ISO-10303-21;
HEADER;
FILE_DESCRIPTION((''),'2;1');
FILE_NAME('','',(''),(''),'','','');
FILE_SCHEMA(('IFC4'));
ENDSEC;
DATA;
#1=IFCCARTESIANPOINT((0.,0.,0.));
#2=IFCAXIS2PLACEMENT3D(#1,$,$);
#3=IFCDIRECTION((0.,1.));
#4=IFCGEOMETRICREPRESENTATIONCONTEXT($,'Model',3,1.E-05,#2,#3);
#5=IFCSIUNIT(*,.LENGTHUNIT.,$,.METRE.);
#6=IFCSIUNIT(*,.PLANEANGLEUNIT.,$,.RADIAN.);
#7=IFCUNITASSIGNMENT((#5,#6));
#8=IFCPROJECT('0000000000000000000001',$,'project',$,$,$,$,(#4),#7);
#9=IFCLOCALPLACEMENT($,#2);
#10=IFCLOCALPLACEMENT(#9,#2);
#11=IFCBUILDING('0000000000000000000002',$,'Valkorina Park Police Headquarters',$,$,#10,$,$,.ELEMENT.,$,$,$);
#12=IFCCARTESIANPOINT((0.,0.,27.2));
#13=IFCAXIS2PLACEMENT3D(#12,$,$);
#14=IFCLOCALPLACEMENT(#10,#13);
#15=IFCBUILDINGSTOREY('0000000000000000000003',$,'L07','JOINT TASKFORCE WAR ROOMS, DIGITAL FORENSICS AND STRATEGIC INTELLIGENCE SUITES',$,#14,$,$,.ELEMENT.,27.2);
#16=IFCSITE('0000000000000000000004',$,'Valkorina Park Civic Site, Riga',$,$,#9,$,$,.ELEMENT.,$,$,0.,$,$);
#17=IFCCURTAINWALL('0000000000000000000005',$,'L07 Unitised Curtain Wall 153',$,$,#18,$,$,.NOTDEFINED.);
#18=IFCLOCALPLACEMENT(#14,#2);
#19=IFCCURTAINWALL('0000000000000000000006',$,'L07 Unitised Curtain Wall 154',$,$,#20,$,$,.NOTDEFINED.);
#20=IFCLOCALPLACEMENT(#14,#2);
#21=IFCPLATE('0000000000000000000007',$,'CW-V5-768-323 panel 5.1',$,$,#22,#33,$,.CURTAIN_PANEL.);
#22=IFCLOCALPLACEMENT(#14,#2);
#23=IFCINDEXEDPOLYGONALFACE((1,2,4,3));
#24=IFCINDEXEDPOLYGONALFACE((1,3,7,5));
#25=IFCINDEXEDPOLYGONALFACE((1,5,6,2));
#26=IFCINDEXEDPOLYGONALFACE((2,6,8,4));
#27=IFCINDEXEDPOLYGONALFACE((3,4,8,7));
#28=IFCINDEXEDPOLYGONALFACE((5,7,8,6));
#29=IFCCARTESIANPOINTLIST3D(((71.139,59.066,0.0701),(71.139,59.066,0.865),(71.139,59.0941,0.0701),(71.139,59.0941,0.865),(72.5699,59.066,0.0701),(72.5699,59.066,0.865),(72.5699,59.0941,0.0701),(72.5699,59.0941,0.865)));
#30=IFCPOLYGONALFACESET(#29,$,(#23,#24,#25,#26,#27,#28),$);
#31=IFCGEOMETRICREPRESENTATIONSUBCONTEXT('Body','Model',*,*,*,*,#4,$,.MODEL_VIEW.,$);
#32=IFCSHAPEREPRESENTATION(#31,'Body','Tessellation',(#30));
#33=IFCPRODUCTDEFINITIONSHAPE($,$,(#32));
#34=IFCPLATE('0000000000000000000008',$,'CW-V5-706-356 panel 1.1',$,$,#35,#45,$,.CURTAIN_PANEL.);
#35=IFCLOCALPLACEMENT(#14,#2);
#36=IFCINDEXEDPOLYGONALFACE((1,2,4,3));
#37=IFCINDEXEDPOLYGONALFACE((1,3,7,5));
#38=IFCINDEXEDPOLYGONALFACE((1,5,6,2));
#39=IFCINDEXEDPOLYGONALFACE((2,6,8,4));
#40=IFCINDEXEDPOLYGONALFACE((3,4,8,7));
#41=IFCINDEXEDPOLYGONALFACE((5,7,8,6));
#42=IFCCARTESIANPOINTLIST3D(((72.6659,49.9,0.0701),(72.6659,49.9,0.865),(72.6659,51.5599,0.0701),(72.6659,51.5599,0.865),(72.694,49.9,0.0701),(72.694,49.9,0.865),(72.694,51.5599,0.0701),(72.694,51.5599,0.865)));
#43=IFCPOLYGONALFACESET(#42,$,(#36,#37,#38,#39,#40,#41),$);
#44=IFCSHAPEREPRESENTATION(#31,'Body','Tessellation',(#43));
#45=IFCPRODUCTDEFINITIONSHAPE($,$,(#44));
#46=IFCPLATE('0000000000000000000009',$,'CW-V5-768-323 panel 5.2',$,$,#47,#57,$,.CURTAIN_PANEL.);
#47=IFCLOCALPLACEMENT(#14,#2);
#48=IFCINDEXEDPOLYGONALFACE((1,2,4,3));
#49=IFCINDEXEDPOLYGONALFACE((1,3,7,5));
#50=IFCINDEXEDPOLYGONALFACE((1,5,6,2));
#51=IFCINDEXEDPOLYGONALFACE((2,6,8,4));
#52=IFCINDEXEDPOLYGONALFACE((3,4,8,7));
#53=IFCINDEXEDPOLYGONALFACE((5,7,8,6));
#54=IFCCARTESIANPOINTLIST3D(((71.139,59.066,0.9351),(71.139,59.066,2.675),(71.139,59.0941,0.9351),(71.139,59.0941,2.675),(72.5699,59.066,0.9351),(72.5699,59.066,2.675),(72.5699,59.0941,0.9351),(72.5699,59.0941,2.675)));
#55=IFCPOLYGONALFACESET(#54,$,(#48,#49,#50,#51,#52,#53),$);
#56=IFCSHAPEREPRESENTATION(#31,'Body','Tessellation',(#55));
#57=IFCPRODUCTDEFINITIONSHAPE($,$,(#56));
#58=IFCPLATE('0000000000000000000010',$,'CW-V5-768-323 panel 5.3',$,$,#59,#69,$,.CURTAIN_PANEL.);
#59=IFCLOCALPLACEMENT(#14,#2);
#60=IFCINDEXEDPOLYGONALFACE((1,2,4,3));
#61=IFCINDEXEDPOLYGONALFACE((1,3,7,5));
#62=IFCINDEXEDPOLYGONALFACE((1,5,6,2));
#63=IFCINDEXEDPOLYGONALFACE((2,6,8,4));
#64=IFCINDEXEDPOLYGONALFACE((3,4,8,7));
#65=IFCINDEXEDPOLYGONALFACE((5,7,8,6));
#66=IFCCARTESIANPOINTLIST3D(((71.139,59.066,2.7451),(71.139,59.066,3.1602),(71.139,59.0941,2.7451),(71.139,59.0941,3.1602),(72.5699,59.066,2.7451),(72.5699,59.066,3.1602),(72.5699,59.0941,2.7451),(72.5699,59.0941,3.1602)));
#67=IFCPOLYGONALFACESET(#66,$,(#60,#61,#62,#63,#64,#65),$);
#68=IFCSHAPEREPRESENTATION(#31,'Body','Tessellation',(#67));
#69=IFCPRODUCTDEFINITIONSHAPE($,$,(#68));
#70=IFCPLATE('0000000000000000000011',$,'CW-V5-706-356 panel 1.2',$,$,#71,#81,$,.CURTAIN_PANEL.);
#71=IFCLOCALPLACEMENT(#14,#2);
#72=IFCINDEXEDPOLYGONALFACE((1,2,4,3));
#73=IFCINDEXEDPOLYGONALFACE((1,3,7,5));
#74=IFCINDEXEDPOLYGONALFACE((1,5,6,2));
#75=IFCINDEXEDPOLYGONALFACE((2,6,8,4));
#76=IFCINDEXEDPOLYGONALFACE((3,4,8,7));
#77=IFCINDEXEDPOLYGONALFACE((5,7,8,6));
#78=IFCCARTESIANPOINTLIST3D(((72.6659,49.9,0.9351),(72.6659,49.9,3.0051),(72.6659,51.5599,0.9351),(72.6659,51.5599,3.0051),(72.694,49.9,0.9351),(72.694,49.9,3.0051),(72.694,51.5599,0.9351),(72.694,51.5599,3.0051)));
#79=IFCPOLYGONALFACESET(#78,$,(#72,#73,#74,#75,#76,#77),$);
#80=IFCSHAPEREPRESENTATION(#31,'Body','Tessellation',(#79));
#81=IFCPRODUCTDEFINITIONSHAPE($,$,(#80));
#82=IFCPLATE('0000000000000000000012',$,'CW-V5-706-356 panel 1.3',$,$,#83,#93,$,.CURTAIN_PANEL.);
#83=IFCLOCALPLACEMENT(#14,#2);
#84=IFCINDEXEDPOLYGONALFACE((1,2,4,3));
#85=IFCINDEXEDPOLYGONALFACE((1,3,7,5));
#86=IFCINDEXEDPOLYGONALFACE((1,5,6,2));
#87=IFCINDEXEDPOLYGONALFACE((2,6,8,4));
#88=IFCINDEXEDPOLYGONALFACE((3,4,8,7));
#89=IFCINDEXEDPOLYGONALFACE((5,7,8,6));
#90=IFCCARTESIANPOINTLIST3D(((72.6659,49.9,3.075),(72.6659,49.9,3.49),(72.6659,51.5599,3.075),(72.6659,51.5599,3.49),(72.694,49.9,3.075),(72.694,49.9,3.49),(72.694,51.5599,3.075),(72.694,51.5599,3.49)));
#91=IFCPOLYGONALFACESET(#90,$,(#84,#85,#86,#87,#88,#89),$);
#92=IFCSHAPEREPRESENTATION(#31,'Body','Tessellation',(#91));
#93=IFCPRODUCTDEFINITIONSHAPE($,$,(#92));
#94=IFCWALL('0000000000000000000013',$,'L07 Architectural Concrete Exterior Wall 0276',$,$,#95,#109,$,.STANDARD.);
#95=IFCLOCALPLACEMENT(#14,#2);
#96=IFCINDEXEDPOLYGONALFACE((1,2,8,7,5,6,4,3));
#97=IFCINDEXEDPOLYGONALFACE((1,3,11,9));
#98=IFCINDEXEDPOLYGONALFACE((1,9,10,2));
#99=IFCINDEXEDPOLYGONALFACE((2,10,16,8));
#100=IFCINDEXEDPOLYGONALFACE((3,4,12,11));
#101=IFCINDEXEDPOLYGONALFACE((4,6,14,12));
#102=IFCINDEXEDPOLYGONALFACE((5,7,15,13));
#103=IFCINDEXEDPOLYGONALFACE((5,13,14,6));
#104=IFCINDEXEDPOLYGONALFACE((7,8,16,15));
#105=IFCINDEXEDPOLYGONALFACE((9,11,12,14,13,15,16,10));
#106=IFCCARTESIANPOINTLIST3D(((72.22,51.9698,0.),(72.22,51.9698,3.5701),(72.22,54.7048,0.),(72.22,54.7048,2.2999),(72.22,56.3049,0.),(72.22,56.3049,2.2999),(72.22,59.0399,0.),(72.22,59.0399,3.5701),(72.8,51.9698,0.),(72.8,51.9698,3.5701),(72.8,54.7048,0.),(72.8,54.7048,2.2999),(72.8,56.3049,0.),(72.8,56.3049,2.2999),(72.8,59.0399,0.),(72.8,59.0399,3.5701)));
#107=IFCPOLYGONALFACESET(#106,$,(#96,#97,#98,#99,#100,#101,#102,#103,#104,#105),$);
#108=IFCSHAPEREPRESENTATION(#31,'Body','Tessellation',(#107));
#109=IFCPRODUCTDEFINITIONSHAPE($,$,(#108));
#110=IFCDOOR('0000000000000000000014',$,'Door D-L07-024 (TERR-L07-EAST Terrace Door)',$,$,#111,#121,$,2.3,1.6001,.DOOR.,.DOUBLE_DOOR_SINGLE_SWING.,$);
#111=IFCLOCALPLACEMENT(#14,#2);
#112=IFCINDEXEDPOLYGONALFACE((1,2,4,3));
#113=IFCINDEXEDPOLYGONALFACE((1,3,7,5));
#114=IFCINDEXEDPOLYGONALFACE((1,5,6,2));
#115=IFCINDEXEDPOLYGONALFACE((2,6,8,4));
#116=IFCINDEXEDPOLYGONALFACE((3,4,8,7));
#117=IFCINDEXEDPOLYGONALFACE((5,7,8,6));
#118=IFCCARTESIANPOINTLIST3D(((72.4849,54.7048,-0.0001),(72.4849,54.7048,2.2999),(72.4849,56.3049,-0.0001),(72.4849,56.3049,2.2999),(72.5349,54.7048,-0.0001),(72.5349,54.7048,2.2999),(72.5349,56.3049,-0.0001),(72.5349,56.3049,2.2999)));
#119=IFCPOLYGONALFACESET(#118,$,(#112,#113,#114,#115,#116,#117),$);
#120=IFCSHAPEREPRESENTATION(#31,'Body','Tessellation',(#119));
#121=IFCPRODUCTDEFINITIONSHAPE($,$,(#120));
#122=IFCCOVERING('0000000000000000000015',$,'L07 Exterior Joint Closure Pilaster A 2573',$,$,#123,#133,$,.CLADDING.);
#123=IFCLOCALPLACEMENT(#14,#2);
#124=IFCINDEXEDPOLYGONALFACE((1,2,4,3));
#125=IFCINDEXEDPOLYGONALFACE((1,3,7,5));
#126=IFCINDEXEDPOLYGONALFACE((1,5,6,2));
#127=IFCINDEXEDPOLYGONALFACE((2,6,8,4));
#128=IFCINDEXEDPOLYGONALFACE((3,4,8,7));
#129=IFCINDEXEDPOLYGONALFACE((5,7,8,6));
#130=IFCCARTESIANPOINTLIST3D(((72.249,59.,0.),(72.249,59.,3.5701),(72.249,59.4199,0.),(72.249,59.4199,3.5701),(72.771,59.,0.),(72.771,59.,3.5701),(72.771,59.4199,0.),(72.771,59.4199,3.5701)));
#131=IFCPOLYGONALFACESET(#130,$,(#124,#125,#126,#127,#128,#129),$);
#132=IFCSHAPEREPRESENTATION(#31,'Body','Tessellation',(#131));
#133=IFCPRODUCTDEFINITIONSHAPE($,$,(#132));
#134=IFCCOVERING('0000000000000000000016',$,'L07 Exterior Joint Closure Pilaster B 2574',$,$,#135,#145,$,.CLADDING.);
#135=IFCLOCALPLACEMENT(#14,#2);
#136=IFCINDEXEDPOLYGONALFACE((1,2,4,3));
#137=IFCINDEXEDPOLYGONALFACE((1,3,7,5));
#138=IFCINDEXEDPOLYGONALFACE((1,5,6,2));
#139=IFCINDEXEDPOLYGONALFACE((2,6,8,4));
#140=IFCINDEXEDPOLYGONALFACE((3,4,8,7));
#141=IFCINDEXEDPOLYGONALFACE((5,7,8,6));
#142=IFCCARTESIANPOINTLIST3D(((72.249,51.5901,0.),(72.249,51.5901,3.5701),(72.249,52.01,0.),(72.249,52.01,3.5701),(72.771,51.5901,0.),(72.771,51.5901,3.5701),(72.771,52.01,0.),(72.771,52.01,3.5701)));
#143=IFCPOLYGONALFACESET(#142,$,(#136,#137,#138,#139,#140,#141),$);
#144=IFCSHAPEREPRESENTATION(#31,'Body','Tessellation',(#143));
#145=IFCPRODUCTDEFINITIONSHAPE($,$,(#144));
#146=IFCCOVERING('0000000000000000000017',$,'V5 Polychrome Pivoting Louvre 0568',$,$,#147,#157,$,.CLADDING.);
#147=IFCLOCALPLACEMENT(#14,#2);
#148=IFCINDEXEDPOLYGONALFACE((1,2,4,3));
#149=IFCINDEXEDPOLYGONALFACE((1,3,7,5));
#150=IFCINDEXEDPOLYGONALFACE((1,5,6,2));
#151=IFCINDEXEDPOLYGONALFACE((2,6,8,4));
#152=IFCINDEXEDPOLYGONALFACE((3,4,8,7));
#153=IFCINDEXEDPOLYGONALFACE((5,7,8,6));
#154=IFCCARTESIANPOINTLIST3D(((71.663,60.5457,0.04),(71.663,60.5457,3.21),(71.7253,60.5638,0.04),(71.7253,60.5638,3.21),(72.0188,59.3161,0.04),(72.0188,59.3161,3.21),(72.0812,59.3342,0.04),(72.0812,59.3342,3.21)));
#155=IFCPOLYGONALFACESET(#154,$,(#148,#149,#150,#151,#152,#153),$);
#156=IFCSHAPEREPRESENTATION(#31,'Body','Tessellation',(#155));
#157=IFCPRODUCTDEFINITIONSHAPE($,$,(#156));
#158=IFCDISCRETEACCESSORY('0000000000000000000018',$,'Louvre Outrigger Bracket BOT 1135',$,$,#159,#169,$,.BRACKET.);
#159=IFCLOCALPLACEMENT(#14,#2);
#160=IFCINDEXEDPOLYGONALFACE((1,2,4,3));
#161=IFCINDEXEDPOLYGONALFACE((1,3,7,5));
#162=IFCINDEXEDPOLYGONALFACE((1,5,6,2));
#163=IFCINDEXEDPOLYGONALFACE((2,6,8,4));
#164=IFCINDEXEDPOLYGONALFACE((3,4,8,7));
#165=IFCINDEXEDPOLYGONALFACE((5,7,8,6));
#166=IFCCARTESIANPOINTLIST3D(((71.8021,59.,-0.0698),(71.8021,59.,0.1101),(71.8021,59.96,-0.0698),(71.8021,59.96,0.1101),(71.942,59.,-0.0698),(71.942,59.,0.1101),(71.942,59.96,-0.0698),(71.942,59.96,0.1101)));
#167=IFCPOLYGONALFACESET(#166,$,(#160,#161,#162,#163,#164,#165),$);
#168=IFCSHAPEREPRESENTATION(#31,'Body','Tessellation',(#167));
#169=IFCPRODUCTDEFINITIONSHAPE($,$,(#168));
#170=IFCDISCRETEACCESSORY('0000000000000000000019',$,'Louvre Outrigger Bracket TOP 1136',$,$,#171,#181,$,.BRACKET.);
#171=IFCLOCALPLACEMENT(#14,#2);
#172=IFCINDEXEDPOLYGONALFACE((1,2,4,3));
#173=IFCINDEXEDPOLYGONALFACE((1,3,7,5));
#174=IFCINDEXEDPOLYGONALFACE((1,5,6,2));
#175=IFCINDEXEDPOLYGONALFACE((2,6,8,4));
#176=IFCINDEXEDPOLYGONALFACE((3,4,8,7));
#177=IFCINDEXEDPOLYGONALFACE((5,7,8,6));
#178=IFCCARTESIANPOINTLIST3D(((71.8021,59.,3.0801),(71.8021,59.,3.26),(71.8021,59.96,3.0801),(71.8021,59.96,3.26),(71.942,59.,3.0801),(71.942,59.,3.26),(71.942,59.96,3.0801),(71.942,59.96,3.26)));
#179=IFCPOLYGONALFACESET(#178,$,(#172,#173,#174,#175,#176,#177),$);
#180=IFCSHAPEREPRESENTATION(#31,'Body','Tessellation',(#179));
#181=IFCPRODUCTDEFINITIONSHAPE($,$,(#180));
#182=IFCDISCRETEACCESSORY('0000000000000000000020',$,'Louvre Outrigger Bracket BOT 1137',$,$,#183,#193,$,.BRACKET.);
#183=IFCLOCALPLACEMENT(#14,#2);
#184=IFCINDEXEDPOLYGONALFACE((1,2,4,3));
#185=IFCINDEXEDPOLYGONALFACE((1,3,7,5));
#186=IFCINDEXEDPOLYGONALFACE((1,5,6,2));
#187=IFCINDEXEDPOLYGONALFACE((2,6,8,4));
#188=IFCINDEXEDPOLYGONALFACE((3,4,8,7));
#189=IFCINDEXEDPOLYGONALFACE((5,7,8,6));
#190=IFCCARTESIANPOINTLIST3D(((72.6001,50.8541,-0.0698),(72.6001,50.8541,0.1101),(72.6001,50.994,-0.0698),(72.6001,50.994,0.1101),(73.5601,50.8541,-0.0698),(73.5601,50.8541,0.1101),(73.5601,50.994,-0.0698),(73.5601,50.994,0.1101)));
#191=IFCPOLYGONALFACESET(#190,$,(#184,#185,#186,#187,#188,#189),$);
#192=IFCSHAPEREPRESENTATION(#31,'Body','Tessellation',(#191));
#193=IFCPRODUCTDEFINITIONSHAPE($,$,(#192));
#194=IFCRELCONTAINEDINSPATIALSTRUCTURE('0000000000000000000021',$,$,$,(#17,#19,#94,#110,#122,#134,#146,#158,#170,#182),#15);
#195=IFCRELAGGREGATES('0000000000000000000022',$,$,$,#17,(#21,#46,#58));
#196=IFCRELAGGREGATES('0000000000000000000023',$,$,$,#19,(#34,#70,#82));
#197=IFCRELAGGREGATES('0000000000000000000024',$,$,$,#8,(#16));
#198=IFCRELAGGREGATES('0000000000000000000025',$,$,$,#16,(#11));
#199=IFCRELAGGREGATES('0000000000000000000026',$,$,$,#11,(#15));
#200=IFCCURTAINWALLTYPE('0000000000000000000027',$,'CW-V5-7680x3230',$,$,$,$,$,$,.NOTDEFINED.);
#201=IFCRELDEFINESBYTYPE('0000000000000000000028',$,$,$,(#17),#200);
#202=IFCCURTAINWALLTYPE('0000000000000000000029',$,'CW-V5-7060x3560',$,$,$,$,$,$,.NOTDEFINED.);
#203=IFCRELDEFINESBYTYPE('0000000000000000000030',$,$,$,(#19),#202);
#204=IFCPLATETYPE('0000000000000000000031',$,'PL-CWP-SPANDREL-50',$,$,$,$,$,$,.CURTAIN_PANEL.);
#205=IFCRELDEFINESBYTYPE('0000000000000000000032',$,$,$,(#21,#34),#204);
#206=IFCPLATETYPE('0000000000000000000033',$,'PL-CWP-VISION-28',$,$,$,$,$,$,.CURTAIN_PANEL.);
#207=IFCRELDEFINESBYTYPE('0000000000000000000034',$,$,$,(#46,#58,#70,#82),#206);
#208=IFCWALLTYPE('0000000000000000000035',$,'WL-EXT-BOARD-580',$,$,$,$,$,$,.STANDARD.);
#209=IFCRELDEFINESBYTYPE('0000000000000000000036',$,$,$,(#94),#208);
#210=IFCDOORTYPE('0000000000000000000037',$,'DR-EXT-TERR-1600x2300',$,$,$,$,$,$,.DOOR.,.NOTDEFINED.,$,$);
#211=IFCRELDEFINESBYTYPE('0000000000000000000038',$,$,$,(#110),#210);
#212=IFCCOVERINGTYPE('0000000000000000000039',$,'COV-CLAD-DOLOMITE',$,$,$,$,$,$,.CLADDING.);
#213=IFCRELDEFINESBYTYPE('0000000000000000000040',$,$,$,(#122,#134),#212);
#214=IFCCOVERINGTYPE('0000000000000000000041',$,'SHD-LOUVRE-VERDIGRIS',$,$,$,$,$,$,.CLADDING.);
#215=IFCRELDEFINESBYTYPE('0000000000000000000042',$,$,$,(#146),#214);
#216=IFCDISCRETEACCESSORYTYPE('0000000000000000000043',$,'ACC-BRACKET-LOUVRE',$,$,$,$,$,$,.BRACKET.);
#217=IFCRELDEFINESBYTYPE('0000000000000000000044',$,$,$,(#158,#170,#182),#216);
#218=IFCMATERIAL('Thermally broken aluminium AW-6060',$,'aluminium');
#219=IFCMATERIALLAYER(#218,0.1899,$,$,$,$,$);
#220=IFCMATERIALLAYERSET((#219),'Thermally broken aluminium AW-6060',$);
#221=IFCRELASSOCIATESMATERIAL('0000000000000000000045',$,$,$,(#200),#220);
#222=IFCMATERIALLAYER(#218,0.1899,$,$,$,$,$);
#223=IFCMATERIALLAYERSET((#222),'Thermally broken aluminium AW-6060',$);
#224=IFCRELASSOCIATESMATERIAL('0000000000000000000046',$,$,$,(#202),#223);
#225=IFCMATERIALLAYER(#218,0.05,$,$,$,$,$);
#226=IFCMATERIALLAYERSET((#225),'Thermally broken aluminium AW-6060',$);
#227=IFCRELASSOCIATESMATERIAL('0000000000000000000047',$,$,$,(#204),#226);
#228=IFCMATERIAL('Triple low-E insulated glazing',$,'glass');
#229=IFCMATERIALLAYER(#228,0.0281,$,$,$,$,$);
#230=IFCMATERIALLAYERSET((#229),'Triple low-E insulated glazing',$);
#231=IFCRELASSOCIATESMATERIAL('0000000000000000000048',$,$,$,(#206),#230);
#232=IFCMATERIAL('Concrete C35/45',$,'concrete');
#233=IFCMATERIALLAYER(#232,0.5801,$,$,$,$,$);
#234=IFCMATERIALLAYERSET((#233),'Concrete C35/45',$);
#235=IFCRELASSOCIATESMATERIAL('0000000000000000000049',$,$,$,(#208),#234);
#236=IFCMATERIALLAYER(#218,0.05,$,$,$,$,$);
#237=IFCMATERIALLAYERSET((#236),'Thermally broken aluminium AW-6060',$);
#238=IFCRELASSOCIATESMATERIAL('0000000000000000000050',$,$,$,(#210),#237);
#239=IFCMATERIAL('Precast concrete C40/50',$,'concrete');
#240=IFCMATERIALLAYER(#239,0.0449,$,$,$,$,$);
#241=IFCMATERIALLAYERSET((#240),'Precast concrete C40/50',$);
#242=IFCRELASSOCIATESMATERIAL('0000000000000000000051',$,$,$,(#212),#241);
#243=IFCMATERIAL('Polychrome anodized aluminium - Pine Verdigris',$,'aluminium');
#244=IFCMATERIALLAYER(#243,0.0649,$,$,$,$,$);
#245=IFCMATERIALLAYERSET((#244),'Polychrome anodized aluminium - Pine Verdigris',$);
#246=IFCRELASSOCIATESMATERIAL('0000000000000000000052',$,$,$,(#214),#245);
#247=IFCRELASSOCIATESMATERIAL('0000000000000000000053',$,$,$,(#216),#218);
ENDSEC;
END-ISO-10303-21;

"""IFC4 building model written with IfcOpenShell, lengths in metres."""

from ifc_helpers import new_model, si_unit, direction, frame, frame_2d, origin, origin_2d, place, context, subcontext, project, spatial, rectangle, extrude, material, layer, layer_set, type_object, element, fill, aggregate, save


model = new_model("IFC4")

# Units and contexts
model_context = context("Model", 3, precision=1e-05, world=origin(), true_north=direction((0.0, 1.0)))
body_context = subcontext(model_context, "Body", "Model", "MODEL_VIEW")
ifc_project = project(units=[si_unit("LENGTHUNIT", "METRE"), si_unit("PLANEANGLEUNIT", "RADIAN")], contexts=[model_context])

# Site, building, storey
site_placement = place(None, origin())
site = spatial("IfcSite", under=ifc_project, at=site_placement, Name="Valkorina Park Civic Site, Riga", CompositionType="ELEMENT", RefElevation=0.0)
building_placement = place(site_placement, origin())
building = spatial("IfcBuilding", under=site, at=building_placement, Name="Valkorina Park Police Headquarters", CompositionType="ELEMENT")
storey_placement = place(building_placement, frame((0.0, 0.0, 27.2)))
storey = spatial("IfcBuildingStorey", under=building, at=storey_placement, Name="L07", Description="JOINT TASKFORCE WAR ROOMS, DIGITAL FORENSICS AND STRATEGIC INTELLIGENCE SUITES", CompositionType="ELEMENT", Elevation=27.2)

# Curtain wall
ifc_material_1 = material(Name="Thermally broken aluminium AW-6060", Category="aluminium")
ifc_layer_1 = layer(ifc_material_1, 0.1899)
ifc_layer_set_1 = layer_set([ifc_layer_1], Name="Thermally broken aluminium AW-6060")
curtain_wall_type_1 = type_object("IfcCurtainWallType", Name="CW-V5-7680x3230", PredefinedType="NOTDEFINED", material=ifc_layer_set_1)
curtain_wall_1_placement = place(storey_placement, origin())
curtain_wall_1 = element("IfcCurtainWall", 1, at=curtain_wall_1_placement, inside=storey, type_object=curtain_wall_type_1, Name="L07 Unitised Curtain Wall 153", PredefinedType="NOTDEFINED")

# Curtain wall
ifc_layer_2 = layer(ifc_material_1, 0.1899)
ifc_layer_set_2 = layer_set([ifc_layer_2], Name="Thermally broken aluminium AW-6060")
curtain_wall_type_2 = type_object("IfcCurtainWallType", Name="CW-V5-7060x3560", PredefinedType="NOTDEFINED", material=ifc_layer_set_2)
curtain_wall_2_placement = place(storey_placement, origin())
curtain_wall_2 = element("IfcCurtainWall", 2, at=curtain_wall_2_placement, inside=storey, type_object=curtain_wall_type_2, Name="L07 Unitised Curtain Wall 154", PredefinedType="NOTDEFINED")

# Plates
ifc_layer_3 = layer(ifc_material_1, 0.05)
ifc_layer_set_3 = layer_set([ifc_layer_3], Name="Thermally broken aluminium AW-6060")
plate_type_1 = type_object("IfcPlateType", Name="PL-CWP-SPANDREL-50", PredefinedType="CURTAIN_PANEL", material=ifc_layer_set_3)
plate_1_placement = place(storey_placement, frame((71.8545, 59.0801, 0.0701), z_axis=(0.0, 0.0, 1.0), x_axis=(1.0, 0.0, 0.0)))
plate_1 = element("IfcPlate", 3, at=plate_1_placement, type_object=plate_type_1, Name="CW-V5-768-323 panel 5.1", PredefinedType="CURTAIN_PANEL", context=body_context, shape_type="SweptSolid", body=[
    extrude(rectangle(XDim=1.4309, YDim=0.0281, at=origin_2d()), origin(), (0.0, 0.0, 1.0), 0.7949),
])
plate_2_placement = place(storey_placement, frame((72.6799, 50.73, 0.0701), z_axis=(0.0, 0.0, 1.0), x_axis=(0.0, -1.0, 0.0)))
plate_2 = element("IfcPlate", 4, at=plate_2_placement, type_object=plate_type_1, Name="CW-V5-706-356 panel 1.1", PredefinedType="CURTAIN_PANEL", context=body_context, shape_type="SweptSolid", body=[
    extrude(rectangle(XDim=1.6599, YDim=0.0281, at=origin_2d()), origin(), (0.0, 0.0, 1.0), 0.7949),
])
ifc_material_2 = material(Name="Triple low-E insulated glazing", Category="glass")
ifc_layer_4 = layer(ifc_material_2, 0.0281)
ifc_layer_set_4 = layer_set([ifc_layer_4], Name="Triple low-E insulated glazing")
plate_type_2 = type_object("IfcPlateType", Name="PL-CWP-VISION-28", PredefinedType="CURTAIN_PANEL", material=ifc_layer_set_4)
plate_3_placement = place(storey_placement, frame((71.8545, 59.0801, 0.9351), z_axis=(0.0, 0.0, 1.0), x_axis=(1.0, 0.0, 0.0)))
plate_3 = element("IfcPlate", 5, at=plate_3_placement, type_object=plate_type_2, Name="CW-V5-768-323 panel 5.2", PredefinedType="CURTAIN_PANEL", context=body_context, shape_type="SweptSolid", body=[
    extrude(rectangle(XDim=1.4309, YDim=0.0281, at=origin_2d()), origin(), (0.0, 0.0, 1.0), 1.74),
])
plate_4_placement = place(storey_placement, frame((71.8545, 59.0801, 2.7451), z_axis=(0.0, 0.0, 1.0), x_axis=(1.0, 0.0, 0.0)))
plate_4 = element("IfcPlate", 6, at=plate_4_placement, type_object=plate_type_2, Name="CW-V5-768-323 panel 5.3", PredefinedType="CURTAIN_PANEL", context=body_context, shape_type="SweptSolid", body=[
    extrude(rectangle(XDim=1.4309, YDim=0.0281, at=origin_2d()), origin(), (0.0, 0.0, 1.0), 0.415),
])
aggregate(curtain_wall_1, [plate_1, plate_3, plate_4])
plate_5_placement = place(storey_placement, frame((72.6799, 50.73, 0.9351), z_axis=(0.0, 0.0, 1.0), x_axis=(0.0, -1.0, 0.0)))
plate_5 = element("IfcPlate", 7, at=plate_5_placement, type_object=plate_type_2, Name="CW-V5-706-356 panel 1.2", PredefinedType="CURTAIN_PANEL", context=body_context, shape_type="SweptSolid", body=[
    extrude(rectangle(XDim=1.6599, YDim=0.0281, at=origin_2d()), origin(), (0.0, 0.0, 1.0), 2.0701),
])
plate_6_placement = place(storey_placement, frame((72.6799, 50.73, 3.075), z_axis=(0.0, 0.0, 1.0), x_axis=(0.0, -1.0, 0.0)))
plate_6 = element("IfcPlate", 8, at=plate_6_placement, type_object=plate_type_2, Name="CW-V5-706-356 panel 1.3", PredefinedType="CURTAIN_PANEL", context=body_context, shape_type="SweptSolid", body=[
    extrude(rectangle(XDim=1.6599, YDim=0.0281, at=origin_2d()), origin(), (0.0, 0.0, 1.0), 0.415),
])
aggregate(curtain_wall_2, [plate_2, plate_5, plate_6])

# Wall, opening, door
ifc_material_3 = material(Name="Concrete C35/45", Category="concrete")
ifc_layer_5 = layer(ifc_material_3, 0.5801)
ifc_layer_set_5 = layer_set([ifc_layer_5], Name="Concrete C35/45")
wall_type = type_object("IfcWallType", Name="WL-EXT-BOARD-580", PredefinedType="STANDARD", material=ifc_layer_set_5)
wall_placement = place(storey_placement, frame((72.51, 59.04, 0.0), z_axis=(0.0, 0.0, 1.0), x_axis=(0.0, -1.0, 0.0)))
wall = element("IfcWall", 9, at=wall_placement, inside=storey, type_object=wall_type, Name="L07 Architectural Concrete Exterior Wall 0276", PredefinedType="STANDARD", context=body_context, shape_type="SweptSolid", body=[
    extrude(rectangle(XDim=7.0701, YDim=0.5801, at=frame_2d((3.5352, 0.0))), origin(), (0.0, 0.0, 1.0), 3.5701),
])
opening_placement = place(wall_placement, frame((2.7351, 0.0, 0.0)))
opening = element("IfcOpeningElement", 10, at=opening_placement, cuts=wall, PredefinedType="OPENING", context=body_context, shape_type="SweptSolid", body=[
    extrude(rectangle(XDim=1.6001, YDim=2.3, at=frame_2d((0.8, 1.1499))), frame((0.0, 0.3, 0.0), z_axis=(0.0, -1.0, 0.0), x_axis=(1.0, 0.0, 0.0)), (0.0, 0.0, 1.0), 0.6001),
])
ifc_layer_6 = layer(ifc_material_1, 0.05)
ifc_layer_set_6 = layer_set([ifc_layer_6], Name="Thermally broken aluminium AW-6060")
door_type = type_object("IfcDoorType", Name="DR-EXT-TERR-1600x2300", OperationType="NOTDEFINED", PredefinedType="DOOR", material=ifc_layer_set_6)
door_placement = place(opening_placement, origin())
door = element("IfcDoor", 11, at=door_placement, inside=storey, type_object=door_type, Name="Door D-L07-024 (TERR-L07-EAST Terrace Door)", OperationType="DOUBLE_DOOR_SINGLE_SWING", OverallHeight=2.3, OverallWidth=1.6001, PredefinedType="DOOR", context=body_context, shape_type="SweptSolid", body=[
    extrude(rectangle(XDim=1.6001, YDim=2.3, at=frame_2d((0.8, 1.1499))), frame((0.0, 0.0249, 0.0), z_axis=(0.0, -1.0, 0.0), x_axis=(1.0, 0.0, 0.0)), (0.0, 0.0, 1.0), 0.05),
])
fill(opening, door)

# Coverings
ifc_material_4 = material(Name="Precast concrete C40/50", Category="concrete")
ifc_layer_7 = layer(ifc_material_4, 0.0449)
ifc_layer_set_7 = layer_set([ifc_layer_7], Name="Precast concrete C40/50")
covering_type_1 = type_object("IfcCoveringType", Name="COV-CLAD-DOLOMITE", PredefinedType="CLADDING", material=ifc_layer_set_7)
for number, where, z_axis, x_axis, name in (
    (12, (72.51, 59.21, 0.0), (0.0, 0.0, 1.0), (0.0, 1.0, 0.0), "L07 Exterior Joint Closure Pilaster A 2573"),
    (13, (72.51, 51.8, 0.0), (0.0, 0.0, 1.0), (0.0, 1.0, 0.0), "L07 Exterior Joint Closure Pilaster B 2574"),
):
    element("IfcCovering", number, at=place(storey_placement, frame(where, z_axis=z_axis, x_axis=x_axis)), inside=storey, type_object=covering_type_1, Name=name, PredefinedType="CLADDING", context=body_context, shape_type="SweptSolid", body=[
        extrude(rectangle(XDim=0.4199, YDim=0.522, at=origin_2d()), origin(), (0.0, 0.0, 1.0), 3.5701),
    ])
ifc_material_5 = material(Name="Polychrome anodized aluminium - Pine Verdigris", Category="aluminium")
ifc_layer_8 = layer(ifc_material_5, 0.0649)
ifc_layer_set_8 = layer_set([ifc_layer_8], Name="Polychrome anodized aluminium - Pine Verdigris")
covering_type_2 = type_object("IfcCoveringType", Name="SHD-LOUVRE-VERDIGRIS", PredefinedType="CLADDING", material=ifc_layer_set_8)
covering_placement = place(storey_placement, frame((71.8721, 59.9399, 0.04), z_axis=(0.0, 0.0, 1.0), x_axis=(-0.277985, 0.960585, 0.0)))
element("IfcCovering", 14, at=covering_placement, inside=storey, type_object=covering_type_2, Name="V5 Polychrome Pivoting Louvre 0568", PredefinedType="CLADDING", context=body_context, shape_type="SweptSolid", body=[
    extrude(rectangle(XDim=1.28, YDim=0.0649, at=origin_2d()), origin(), (0.0, 0.0, 1.0), 3.1699),
])

# Discrete accessories
discrete_accessory_type = type_object("IfcDiscreteAccessoryType", Name="ACC-BRACKET-LOUVRE", PredefinedType="BRACKET", material=ifc_material_1)
for number, where, z_axis, x_axis, name in (
    (15, (71.8721, 59.48, -0.0698), (0.0, 0.0, 1.0), (0.0, 1.0, 0.0), "Louvre Outrigger Bracket BOT 1135"),
    (16, (71.8721, 59.48, 3.0801), (0.0, 0.0, 1.0), (0.0, 1.0, 0.0), "Louvre Outrigger Bracket TOP 1136"),
    (17, (73.0801, 50.9241, -0.0698), (0.0, 0.0, 1.0), (1.0, 0.0, 0.0), "Louvre Outrigger Bracket BOT 1137"),
):
    element("IfcDiscreteAccessory", number, at=place(storey_placement, frame(where, z_axis=z_axis, x_axis=x_axis)), inside=storey, type_object=discrete_accessory_type, Name=name, PredefinedType="BRACKET", context=body_context, shape_type="SweptSolid", body=[
        extrude(rectangle(XDim=0.96, YDim=0.1399, at=origin_2d()), origin(), (0.0, 0.0, 1.0), 0.1799),
    ])

save(model, "model.ifc")
